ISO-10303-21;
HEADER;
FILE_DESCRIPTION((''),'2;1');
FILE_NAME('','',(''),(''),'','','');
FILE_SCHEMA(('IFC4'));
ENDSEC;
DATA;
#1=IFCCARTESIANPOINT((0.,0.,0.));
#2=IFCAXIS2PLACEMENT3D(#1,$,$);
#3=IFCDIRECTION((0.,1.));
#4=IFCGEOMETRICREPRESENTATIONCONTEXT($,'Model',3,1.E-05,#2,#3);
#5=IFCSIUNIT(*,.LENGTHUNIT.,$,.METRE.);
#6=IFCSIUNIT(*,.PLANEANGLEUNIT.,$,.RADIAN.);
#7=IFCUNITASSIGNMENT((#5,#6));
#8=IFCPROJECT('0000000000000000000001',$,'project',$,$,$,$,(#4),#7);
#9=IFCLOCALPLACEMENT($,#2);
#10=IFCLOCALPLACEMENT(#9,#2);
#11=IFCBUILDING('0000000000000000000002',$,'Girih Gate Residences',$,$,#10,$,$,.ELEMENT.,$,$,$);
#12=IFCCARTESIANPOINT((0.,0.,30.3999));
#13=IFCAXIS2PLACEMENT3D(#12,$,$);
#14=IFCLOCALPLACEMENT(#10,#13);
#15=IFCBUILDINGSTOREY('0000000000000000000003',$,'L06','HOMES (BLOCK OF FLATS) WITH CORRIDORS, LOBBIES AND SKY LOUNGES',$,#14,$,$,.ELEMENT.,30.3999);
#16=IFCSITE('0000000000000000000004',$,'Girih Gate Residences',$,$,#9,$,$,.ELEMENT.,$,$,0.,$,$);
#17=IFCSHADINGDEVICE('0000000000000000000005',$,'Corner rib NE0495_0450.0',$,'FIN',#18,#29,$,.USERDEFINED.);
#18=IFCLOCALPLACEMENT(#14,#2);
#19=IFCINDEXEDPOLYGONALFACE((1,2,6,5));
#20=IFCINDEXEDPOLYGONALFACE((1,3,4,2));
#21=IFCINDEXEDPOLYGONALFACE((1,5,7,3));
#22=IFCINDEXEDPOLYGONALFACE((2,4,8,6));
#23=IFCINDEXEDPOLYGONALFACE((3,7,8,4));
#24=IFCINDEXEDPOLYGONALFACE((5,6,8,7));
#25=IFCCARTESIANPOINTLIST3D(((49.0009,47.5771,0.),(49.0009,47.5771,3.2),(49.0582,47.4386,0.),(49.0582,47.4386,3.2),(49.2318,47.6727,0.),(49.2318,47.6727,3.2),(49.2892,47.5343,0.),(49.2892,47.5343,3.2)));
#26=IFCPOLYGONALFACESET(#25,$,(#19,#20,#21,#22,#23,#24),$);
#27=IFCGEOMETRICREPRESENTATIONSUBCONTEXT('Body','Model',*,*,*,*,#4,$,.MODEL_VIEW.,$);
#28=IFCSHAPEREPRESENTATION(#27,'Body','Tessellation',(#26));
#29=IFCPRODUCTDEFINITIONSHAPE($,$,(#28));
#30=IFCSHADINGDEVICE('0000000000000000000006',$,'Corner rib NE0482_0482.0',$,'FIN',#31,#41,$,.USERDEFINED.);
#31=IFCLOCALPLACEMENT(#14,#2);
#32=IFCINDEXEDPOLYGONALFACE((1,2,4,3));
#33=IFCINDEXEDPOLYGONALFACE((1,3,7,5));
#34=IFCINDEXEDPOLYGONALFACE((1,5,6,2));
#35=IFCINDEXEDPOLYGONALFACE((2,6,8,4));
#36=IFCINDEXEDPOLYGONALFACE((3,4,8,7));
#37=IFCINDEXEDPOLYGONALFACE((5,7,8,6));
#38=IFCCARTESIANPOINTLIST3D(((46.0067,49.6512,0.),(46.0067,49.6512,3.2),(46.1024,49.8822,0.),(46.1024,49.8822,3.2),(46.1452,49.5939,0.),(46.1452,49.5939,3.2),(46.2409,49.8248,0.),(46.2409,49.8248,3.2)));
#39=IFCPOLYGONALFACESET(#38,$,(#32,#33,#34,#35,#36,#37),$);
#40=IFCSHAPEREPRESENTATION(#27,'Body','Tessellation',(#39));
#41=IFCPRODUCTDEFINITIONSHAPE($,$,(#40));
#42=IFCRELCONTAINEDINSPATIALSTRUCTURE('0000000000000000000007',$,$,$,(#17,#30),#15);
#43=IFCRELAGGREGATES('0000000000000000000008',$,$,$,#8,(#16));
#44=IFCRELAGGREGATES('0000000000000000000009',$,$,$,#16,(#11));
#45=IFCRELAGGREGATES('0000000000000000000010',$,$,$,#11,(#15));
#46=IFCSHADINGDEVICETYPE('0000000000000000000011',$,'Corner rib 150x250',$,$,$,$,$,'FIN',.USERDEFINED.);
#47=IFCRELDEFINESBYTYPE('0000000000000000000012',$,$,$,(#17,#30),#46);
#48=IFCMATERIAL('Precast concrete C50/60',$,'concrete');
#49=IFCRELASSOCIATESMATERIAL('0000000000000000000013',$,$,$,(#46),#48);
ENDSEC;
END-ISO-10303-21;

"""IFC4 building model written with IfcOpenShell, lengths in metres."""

from ifc_helpers import new_model, si_unit, direction, frame, origin, origin_2d, place, context, subcontext, project, spatial, rectangle, extrude, material, type_object, element, save


model = new_model("IFC4")

# Units and contexts
model_context = context("Model", 3, precision=1e-05, world=origin(), true_north=direction((0.0, 1.0)))
body_context = subcontext(model_context, "Body", "Model", "MODEL_VIEW")
ifc_project = project(units=[si_unit("LENGTHUNIT", "METRE"), si_unit("PLANEANGLEUNIT", "RADIAN")], contexts=[model_context])

# Site, building, storey
site_placement = place(None, origin())
site = spatial("IfcSite", under=ifc_project, at=site_placement, Name="Girih Gate Residences", CompositionType="ELEMENT", RefElevation=0.0)
building_placement = place(site_placement, origin())
building = spatial("IfcBuilding", under=site, at=building_placement, Name="Girih Gate Residences", CompositionType="ELEMENT")
storey_placement = place(building_placement, frame((0.0, 0.0, 30.3999)))
storey = spatial("IfcBuildingStorey", under=building, at=storey_placement, Name="L06", Description="HOMES (BLOCK OF FLATS) WITH CORRIDORS, LOBBIES AND SKY LOUNGES", CompositionType="ELEMENT", Elevation=30.3999)

# Shared definitions
ifc_material_1 = material(Name="Precast concrete C50/60", Category="concrete")

# Shading devices
shading_device_type = type_object("IfcShadingDeviceType", Name="Corner rib 150x250", ElementType="FIN", PredefinedType="USERDEFINED", material=ifc_material_1)
for number, where, z_axis, x_axis, name in (
    (1, (49.145, 47.5557, 0.0), (0.0, 0.0, 1.0), (-0.382683, 0.92388, 0.0), "Corner rib NE0495_0450.0"),
    (2, (46.1238, 49.738, 0.0), (0.0, 0.0, 1.0), (-0.92388, 0.382683, 0.0), "Corner rib NE0482_0482.0"),
):
    element("IfcShadingDevice", number, at=place(storey_placement, frame(where, z_axis=z_axis, x_axis=x_axis)), inside=storey, type_object=shading_device_type, Name=name, ObjectType="FIN", PredefinedType="USERDEFINED", context=body_context, shape_type="SweptSolid", body=[
        extrude(rectangle(XDim=0.1499, YDim=0.25, at=origin_2d()), origin(), (0.0, 0.0, 1.0), 3.2),
    ])

save(model, "model.ifc")
